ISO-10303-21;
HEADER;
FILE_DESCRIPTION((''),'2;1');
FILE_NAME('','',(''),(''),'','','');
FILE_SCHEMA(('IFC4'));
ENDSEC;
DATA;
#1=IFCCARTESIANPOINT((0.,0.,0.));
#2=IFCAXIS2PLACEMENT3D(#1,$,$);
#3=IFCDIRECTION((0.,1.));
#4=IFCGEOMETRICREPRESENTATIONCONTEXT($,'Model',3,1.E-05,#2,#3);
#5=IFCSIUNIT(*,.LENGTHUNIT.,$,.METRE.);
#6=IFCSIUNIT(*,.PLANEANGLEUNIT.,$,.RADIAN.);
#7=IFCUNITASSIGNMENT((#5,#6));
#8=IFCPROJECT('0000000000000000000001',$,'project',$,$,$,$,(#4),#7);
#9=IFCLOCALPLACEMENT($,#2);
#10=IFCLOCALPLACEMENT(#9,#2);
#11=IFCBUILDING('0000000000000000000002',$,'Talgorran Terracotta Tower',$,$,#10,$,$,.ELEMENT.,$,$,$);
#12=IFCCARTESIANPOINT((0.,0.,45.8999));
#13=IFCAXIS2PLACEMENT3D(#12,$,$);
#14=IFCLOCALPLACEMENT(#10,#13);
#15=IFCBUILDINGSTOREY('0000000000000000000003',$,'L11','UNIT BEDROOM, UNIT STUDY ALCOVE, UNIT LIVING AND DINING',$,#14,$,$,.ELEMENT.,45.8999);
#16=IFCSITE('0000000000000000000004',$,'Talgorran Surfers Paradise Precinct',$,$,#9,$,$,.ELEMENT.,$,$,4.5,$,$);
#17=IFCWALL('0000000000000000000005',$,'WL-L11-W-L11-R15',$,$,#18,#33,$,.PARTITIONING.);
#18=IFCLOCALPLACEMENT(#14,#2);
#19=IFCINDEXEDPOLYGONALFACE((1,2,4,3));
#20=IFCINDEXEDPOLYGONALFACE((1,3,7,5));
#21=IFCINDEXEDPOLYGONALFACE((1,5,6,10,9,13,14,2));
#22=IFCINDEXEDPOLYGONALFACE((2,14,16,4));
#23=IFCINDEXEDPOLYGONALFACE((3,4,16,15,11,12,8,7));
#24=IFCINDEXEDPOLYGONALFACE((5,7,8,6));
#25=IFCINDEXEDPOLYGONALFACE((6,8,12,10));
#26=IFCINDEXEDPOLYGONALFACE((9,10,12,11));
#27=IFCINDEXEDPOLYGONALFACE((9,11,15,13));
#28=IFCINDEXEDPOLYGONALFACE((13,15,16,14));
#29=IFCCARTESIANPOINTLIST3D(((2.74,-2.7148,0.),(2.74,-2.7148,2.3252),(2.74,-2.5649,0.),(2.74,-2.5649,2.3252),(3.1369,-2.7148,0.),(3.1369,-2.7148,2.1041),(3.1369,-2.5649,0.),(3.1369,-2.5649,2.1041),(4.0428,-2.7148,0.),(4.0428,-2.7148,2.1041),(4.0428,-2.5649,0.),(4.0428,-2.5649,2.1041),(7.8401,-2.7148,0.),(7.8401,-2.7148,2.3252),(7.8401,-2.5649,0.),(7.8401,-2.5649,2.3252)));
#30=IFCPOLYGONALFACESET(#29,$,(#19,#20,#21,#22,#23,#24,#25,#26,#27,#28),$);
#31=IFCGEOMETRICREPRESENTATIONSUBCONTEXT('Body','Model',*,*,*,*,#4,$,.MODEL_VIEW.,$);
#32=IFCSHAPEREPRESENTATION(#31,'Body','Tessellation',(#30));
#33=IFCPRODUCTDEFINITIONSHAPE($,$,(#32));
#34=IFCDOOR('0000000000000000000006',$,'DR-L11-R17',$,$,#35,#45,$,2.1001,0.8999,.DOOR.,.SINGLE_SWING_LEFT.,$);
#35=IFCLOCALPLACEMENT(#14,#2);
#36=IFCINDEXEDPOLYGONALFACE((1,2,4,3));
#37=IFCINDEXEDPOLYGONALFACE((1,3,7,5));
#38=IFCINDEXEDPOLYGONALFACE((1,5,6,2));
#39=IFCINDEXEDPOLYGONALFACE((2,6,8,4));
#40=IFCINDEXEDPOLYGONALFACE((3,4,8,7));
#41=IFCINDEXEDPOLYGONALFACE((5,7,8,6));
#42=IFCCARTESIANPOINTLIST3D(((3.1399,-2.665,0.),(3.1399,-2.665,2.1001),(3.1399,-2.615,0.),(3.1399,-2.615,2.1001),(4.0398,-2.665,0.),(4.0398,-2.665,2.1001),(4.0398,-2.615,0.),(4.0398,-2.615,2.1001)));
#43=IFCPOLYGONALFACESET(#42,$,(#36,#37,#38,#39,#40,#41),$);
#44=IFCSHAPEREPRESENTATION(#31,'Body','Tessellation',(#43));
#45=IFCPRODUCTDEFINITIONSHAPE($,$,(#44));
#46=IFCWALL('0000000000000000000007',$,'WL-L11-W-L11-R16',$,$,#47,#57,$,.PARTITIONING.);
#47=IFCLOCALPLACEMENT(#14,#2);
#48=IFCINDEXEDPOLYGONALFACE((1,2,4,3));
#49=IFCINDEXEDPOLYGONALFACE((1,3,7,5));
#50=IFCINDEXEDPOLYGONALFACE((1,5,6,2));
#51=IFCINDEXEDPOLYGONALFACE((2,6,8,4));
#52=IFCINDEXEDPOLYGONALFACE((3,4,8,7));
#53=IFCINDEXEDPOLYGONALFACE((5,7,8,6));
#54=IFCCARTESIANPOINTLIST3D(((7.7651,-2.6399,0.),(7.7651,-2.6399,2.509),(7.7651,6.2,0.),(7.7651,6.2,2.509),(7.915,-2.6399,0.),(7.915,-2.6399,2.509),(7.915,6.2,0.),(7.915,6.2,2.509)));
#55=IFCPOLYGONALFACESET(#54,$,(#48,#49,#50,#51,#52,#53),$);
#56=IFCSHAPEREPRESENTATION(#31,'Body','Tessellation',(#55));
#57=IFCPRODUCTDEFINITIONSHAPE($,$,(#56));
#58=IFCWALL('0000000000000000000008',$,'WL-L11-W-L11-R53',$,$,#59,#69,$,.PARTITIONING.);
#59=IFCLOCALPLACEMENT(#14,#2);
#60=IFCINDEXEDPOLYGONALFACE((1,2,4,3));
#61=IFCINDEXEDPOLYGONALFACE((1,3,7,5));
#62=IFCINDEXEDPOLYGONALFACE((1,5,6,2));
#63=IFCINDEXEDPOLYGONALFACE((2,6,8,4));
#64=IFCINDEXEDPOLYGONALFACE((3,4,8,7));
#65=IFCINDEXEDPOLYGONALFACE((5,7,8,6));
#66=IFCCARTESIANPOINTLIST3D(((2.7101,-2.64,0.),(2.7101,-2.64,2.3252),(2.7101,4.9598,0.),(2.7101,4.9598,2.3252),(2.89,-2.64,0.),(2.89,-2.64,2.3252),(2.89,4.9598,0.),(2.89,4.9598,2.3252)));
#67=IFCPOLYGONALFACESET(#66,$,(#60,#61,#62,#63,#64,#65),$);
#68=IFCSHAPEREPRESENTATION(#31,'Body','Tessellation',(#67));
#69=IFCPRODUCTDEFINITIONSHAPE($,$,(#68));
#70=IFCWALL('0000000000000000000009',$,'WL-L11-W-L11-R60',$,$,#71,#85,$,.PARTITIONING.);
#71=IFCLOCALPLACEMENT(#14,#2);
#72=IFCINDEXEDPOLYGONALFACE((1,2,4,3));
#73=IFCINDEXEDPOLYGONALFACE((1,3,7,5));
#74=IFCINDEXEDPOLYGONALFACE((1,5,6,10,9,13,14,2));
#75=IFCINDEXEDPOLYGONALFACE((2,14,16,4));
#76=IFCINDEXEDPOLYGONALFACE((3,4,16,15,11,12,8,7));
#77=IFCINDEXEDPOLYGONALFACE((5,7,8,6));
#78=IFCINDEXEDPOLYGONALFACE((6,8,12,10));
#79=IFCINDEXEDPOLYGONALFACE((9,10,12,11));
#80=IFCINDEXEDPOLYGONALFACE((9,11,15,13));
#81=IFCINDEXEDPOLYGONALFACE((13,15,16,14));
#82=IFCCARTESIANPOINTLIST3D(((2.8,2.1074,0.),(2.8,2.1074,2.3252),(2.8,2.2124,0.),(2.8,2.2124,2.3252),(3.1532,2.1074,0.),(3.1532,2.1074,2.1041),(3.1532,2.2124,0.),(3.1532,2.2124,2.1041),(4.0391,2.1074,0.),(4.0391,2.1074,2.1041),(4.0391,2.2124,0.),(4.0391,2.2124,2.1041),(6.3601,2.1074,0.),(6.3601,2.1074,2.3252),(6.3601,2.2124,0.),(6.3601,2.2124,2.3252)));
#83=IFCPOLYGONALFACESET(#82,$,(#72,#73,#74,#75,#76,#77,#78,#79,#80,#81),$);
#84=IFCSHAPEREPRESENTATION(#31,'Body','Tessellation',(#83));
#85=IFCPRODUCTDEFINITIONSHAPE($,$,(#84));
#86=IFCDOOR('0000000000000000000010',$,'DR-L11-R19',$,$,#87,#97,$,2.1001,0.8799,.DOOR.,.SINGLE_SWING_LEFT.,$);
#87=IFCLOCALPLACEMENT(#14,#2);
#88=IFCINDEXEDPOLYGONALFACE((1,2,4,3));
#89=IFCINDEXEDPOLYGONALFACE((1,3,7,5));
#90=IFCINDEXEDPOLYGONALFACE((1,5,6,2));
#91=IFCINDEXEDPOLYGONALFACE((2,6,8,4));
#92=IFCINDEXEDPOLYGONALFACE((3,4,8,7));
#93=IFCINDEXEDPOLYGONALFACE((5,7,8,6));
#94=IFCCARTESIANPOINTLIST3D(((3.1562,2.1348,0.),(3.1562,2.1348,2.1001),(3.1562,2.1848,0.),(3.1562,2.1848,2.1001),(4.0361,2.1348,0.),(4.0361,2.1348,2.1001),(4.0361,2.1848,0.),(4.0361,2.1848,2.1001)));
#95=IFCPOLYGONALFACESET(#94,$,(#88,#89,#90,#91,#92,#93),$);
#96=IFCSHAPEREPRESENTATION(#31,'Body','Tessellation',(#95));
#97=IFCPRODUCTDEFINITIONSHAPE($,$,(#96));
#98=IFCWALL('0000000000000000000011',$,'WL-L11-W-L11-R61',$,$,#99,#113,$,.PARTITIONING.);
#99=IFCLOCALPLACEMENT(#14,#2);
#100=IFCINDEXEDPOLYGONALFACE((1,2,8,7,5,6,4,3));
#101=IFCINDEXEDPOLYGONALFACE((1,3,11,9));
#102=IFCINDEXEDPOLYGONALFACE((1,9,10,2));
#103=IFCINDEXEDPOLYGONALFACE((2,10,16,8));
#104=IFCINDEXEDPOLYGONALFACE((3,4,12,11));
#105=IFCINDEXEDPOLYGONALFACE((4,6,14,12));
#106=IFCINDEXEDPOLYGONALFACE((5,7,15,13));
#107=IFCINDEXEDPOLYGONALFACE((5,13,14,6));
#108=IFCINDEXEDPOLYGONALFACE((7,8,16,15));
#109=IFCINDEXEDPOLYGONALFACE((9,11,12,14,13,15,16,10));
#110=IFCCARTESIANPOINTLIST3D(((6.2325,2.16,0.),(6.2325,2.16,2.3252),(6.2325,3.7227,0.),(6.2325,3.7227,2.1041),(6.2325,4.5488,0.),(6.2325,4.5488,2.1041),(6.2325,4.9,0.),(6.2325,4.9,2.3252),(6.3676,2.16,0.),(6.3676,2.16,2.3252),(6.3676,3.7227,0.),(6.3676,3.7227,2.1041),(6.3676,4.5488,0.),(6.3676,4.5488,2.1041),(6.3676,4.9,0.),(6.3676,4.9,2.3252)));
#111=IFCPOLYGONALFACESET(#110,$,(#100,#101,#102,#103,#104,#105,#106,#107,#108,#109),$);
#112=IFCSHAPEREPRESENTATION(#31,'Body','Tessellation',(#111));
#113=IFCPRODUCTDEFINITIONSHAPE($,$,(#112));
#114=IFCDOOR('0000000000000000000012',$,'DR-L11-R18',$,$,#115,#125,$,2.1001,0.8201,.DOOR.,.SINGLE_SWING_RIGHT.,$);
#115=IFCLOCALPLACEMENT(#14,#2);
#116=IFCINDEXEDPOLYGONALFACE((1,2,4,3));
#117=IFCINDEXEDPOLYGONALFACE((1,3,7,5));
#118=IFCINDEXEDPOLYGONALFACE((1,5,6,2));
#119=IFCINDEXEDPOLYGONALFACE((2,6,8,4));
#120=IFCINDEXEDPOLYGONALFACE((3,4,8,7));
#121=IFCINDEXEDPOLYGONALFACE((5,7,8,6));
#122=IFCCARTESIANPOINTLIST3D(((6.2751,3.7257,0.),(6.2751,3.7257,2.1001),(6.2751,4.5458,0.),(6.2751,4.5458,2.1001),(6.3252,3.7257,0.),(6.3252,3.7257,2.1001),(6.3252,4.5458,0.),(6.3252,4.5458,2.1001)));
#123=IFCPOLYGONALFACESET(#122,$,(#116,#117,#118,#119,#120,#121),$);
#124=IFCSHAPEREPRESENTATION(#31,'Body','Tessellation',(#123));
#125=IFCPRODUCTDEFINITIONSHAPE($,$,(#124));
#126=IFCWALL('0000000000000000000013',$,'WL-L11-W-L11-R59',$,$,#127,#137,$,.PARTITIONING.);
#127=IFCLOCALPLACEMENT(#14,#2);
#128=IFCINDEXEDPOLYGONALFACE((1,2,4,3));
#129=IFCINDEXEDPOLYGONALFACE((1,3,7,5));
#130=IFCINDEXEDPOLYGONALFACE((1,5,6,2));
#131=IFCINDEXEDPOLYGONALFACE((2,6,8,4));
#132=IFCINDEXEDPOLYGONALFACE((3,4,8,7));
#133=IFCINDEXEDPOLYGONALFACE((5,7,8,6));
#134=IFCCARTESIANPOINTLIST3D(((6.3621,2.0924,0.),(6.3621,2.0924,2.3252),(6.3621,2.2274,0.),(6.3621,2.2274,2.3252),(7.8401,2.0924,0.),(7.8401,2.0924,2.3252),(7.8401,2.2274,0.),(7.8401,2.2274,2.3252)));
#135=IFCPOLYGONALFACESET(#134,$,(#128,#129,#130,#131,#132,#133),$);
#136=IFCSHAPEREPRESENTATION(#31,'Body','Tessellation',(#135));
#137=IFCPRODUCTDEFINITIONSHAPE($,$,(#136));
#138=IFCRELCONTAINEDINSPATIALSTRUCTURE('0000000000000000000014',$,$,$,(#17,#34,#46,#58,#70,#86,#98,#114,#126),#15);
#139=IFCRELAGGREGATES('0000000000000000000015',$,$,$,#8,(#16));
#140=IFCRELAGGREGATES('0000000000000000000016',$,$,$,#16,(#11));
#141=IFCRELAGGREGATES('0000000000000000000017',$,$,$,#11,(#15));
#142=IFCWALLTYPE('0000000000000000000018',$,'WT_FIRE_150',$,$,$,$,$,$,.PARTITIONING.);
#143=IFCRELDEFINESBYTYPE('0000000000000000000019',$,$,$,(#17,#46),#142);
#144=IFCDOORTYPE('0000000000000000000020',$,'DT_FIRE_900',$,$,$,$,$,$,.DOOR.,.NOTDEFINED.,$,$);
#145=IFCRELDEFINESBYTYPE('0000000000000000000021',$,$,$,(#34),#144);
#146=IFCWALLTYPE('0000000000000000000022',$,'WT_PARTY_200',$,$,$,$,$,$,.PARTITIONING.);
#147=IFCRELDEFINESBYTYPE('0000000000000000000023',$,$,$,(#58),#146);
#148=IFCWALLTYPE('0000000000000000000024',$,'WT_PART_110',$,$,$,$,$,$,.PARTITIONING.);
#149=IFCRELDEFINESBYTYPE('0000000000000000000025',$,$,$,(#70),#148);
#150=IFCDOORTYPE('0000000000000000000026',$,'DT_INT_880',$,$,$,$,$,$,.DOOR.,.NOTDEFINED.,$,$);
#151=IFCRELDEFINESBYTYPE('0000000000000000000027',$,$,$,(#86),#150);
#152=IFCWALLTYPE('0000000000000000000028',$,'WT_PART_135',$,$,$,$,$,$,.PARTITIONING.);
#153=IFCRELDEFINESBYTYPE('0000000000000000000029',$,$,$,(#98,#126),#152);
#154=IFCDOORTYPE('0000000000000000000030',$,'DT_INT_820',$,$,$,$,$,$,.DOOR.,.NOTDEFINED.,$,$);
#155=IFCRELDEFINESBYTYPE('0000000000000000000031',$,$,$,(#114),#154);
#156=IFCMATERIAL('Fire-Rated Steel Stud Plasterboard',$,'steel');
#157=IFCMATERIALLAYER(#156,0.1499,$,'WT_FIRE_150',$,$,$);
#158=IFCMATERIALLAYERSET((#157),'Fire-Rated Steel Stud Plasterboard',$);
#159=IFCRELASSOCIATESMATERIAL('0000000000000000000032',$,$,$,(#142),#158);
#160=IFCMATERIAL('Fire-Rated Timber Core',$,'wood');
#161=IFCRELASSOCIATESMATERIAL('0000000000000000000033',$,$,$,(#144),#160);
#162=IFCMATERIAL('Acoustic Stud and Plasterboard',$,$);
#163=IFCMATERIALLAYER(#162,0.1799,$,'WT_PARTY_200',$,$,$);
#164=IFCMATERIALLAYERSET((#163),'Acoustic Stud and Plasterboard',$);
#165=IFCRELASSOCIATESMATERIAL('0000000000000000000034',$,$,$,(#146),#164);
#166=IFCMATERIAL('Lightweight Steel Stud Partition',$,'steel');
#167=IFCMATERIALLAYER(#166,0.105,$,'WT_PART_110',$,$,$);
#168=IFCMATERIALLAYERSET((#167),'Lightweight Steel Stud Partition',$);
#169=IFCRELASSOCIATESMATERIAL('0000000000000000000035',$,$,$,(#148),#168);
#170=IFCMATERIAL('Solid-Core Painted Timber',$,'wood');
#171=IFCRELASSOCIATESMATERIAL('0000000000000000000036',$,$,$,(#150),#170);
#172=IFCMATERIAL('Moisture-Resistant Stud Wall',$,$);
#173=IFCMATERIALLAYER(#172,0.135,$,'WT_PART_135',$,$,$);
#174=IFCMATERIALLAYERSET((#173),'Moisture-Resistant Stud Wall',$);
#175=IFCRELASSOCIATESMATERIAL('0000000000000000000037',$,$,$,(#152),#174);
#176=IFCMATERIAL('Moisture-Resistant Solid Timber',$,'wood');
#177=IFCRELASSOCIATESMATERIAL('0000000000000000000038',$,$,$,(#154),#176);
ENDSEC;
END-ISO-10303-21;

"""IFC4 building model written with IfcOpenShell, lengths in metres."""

from ifc_helpers import new_model, si_unit, direction, frame, frame_2d, origin, place, context, subcontext, project, spatial, rectangle, extrude, material, layer, layer_set, type_object, element, fill, save


model = new_model("IFC4")

# Units and contexts
model_context = context("Model", 3, precision=1e-05, world=origin(), true_north=direction((0.0, 1.0)))
body_context = subcontext(model_context, "Body", "Model", "MODEL_VIEW")
ifc_project = project(units=[si_unit("LENGTHUNIT", "METRE"), si_unit("PLANEANGLEUNIT", "RADIAN")], contexts=[model_context])

# Site, building, storey
site_placement = place(None, origin())
site = spatial("IfcSite", under=ifc_project, at=site_placement, Name="Talgorran Surfers Paradise Precinct", CompositionType="ELEMENT", RefElevation=4.5)
building_placement = place(site_placement, origin())
building = spatial("IfcBuilding", under=site, at=building_placement, Name="Talgorran Terracotta Tower", CompositionType="ELEMENT")
storey_placement = place(building_placement, frame((0.0, 0.0, 45.8999)))
storey = spatial("IfcBuildingStorey", under=building, at=storey_placement, Name="L11", Description="UNIT BEDROOM, UNIT STUDY ALCOVE, UNIT LIVING AND DINING", CompositionType="ELEMENT", Elevation=45.8999)

# Wall, opening, door
ifc_material_1 = material(Name="Fire-Rated Steel Stud Plasterboard", Category="steel")
ifc_layer_1 = layer(ifc_material_1, 0.1499, Name="WT_FIRE_150")
ifc_layer_set_1 = layer_set([ifc_layer_1], Name="Fire-Rated Steel Stud Plasterboard")
wall_type_1 = type_object("IfcWallType", Name="WT_FIRE_150", PredefinedType="PARTITIONING", material=ifc_layer_set_1)
wall_1_placement = place(storey_placement, frame((2.74, -2.6399, 0.0), z_axis=(0.0, 0.0, 1.0), x_axis=(1.0, 0.0, 0.0)))
wall_1 = element("IfcWall", 1, at=wall_1_placement, inside=storey, type_object=wall_type_1, Name="WL-L11-W-L11-R15", PredefinedType="PARTITIONING", context=body_context, shape_type="SweptSolid", body=[
    extrude(rectangle(XDim=5.1001, YDim=0.1499, at=frame_2d((2.55, 0.0))), origin(), (0.0, 0.0, 1.0), 2.3252),
])
opening_1_placement = place(wall_1_placement, frame((0.3999, 0.0, 0.0)))
opening_1 = element("IfcOpeningElement", 2, at=opening_1_placement, cuts=wall_1, PredefinedType="OPENING", context=body_context, shape_type="SweptSolid", body=[
    extrude(rectangle(XDim=0.9059, YDim=2.1041, at=frame_2d((0.45, 1.052))), frame((0.0, 0.085, 0.0), z_axis=(0.0, -1.0, 0.0), x_axis=(1.0, 0.0, 0.0)), (0.0, 0.0, 1.0), 0.1699),
])
ifc_material_2 = material(Name="Fire-Rated Timber Core", Category="wood")
door_type_1 = type_object("IfcDoorType", Name="DT_FIRE_900", OperationType="NOTDEFINED", PredefinedType="DOOR", material=ifc_material_2)
door_1_placement = place(opening_1_placement, origin())
door_1 = element("IfcDoor", 3, at=door_1_placement, inside=storey, type_object=door_type_1, Name="DR-L11-R17", OperationType="SINGLE_SWING_LEFT", OverallHeight=2.1001, OverallWidth=0.8999, PredefinedType="DOOR", context=body_context, shape_type="SweptSolid", body=[
    extrude(rectangle(XDim=0.8999, YDim=2.1001, at=frame_2d((0.45, 1.05))), frame((0.0, 0.0249, 0.0), z_axis=(0.0, -1.0, 0.0), x_axis=(1.0, 0.0, 0.0)), (0.0, 0.0, 1.0), 0.05),
])
fill(opening_1, door_1)

# Walls
wall_2_placement = place(storey_placement, frame((7.8401, -2.6399, 0.0), z_axis=(0.0, 0.0, 1.0), x_axis=(0.0, 1.0, 0.0)))
element("IfcWall", 4, at=wall_2_placement, inside=storey, type_object=wall_type_1, Name="WL-L11-W-L11-R16", PredefinedType="PARTITIONING", context=body_context, shape_type="SweptSolid", body=[
    extrude(rectangle(XDim=8.8398, YDim=0.1499, at=frame_2d((4.4199, 0.0))), origin(), (0.0, 0.0, 1.0), 2.509),
])
ifc_material_3 = material(Name="Acoustic Stud and Plasterboard")
ifc_layer_2 = layer(ifc_material_3, 0.1799, Name="WT_PARTY_200")
ifc_layer_set_2 = layer_set([ifc_layer_2], Name="Acoustic Stud and Plasterboard")
wall_type_2 = type_object("IfcWallType", Name="WT_PARTY_200", PredefinedType="PARTITIONING", material=ifc_layer_set_2)
wall_3_placement = place(storey_placement, frame((2.8, -2.6399, 0.0), z_axis=(0.0, 0.0, 1.0), x_axis=(0.0, 1.0, 0.0)))
element("IfcWall", 5, at=wall_3_placement, inside=storey, type_object=wall_type_2, Name="WL-L11-W-L11-R53", PredefinedType="PARTITIONING", context=body_context, shape_type="SweptSolid", body=[
    extrude(rectangle(XDim=7.5999, YDim=0.1799, at=frame_2d((3.7998, 0.0))), origin(), (0.0, 0.0, 1.0), 2.3252),
])

# Walls, openings, doors
ifc_material_4 = material(Name="Lightweight Steel Stud Partition", Category="steel")
ifc_layer_3 = layer(ifc_material_4, 0.105, Name="WT_PART_110")
ifc_layer_set_3 = layer_set([ifc_layer_3], Name="Lightweight Steel Stud Partition")
wall_type_3 = type_object("IfcWallType", Name="WT_PART_110", PredefinedType="PARTITIONING", material=ifc_layer_set_3)
wall_4_placement = place(storey_placement, frame((2.8, 2.1599, 0.0), z_axis=(0.0, 0.0, 1.0), x_axis=(1.0, 0.0, 0.0)))
wall_4 = element("IfcWall", 6, at=wall_4_placement, inside=storey, type_object=wall_type_3, Name="WL-L11-W-L11-R60", PredefinedType="PARTITIONING", context=body_context, shape_type="SweptSolid", body=[
    extrude(rectangle(XDim=3.5601, YDim=0.105, at=frame_2d((1.78, 0.0))), origin(), (0.0, 0.0, 1.0), 2.3252),
])
opening_2_placement = place(wall_4_placement, frame((0.3562, 0.0, 0.0)))
opening_2 = element("IfcOpeningElement", 7, at=opening_2_placement, cuts=wall_4, PredefinedType="OPENING", context=body_context, shape_type="SweptSolid", body=[
    extrude(rectangle(XDim=0.8859, YDim=2.1041, at=frame_2d((0.4399, 1.052))), frame((0.0, 0.0625, 0.0), z_axis=(0.0, -1.0, 0.0), x_axis=(1.0, 0.0, 0.0)), (0.0, 0.0, 1.0), 0.125),
])
ifc_material_5 = material(Name="Solid-Core Painted Timber", Category="wood")
door_type_2 = type_object("IfcDoorType", Name="DT_INT_880", OperationType="NOTDEFINED", PredefinedType="DOOR", material=ifc_material_5)
door_2_placement = place(opening_2_placement, origin())
door_2 = element("IfcDoor", 8, at=door_2_placement, inside=storey, type_object=door_type_2, Name="DR-L11-R19", OperationType="SINGLE_SWING_LEFT", OverallHeight=2.1001, OverallWidth=0.8799, PredefinedType="DOOR", context=body_context, shape_type="SweptSolid", body=[
    extrude(rectangle(XDim=0.8799, YDim=2.1001, at=frame_2d((0.4399, 1.05))), frame((0.0, 0.0249, 0.0), z_axis=(0.0, -1.0, 0.0), x_axis=(1.0, 0.0, 0.0)), (0.0, 0.0, 1.0), 0.05),
])
fill(opening_2, door_2)
ifc_material_6 = material(Name="Moisture-Resistant Stud Wall")
ifc_layer_4 = layer(ifc_material_6, 0.135, Name="WT_PART_135")
ifc_layer_set_4 = layer_set([ifc_layer_4], Name="Moisture-Resistant Stud Wall")
wall_type_4 = type_object("IfcWallType", Name="WT_PART_135", PredefinedType="PARTITIONING", material=ifc_layer_set_4)
wall_5_placement = place(storey_placement, frame((6.3, 2.1599, 0.0), z_axis=(0.0, 0.0, 1.0), x_axis=(0.0, 1.0, 0.0)))
wall_5 = element("IfcWall", 9, at=wall_5_placement, inside=storey, type_object=wall_type_4, Name="WL-L11-W-L11-R61", PredefinedType="PARTITIONING", context=body_context, shape_type="SweptSolid", body=[
    extrude(rectangle(XDim=2.74, YDim=0.135, at=frame_2d((1.3701, 0.0))), origin(), (0.0, 0.0, 1.0), 2.3252),
])
opening_3_placement = place(wall_5_placement, frame((1.5657, 0.0, 0.0)))
opening_3 = element("IfcOpeningElement", 10, at=opening_3_placement, cuts=wall_5, PredefinedType="OPENING", context=body_context, shape_type="SweptSolid", body=[
    extrude(rectangle(XDim=0.8261, YDim=2.1041, at=frame_2d((0.4102, 1.052))), frame((0.0, 0.0776, 0.0), z_axis=(0.0, -1.0, 0.0), x_axis=(1.0, 0.0, 0.0)), (0.0, 0.0, 1.0), 0.155),
])
ifc_material_7 = material(Name="Moisture-Resistant Solid Timber", Category="wood")
door_type_3 = type_object("IfcDoorType", Name="DT_INT_820", OperationType="NOTDEFINED", PredefinedType="DOOR", material=ifc_material_7)
door_3_placement = place(opening_3_placement, origin())
door_3 = element("IfcDoor", 11, at=door_3_placement, inside=storey, type_object=door_type_3, Name="DR-L11-R18", OperationType="SINGLE_SWING_RIGHT", OverallHeight=2.1001, OverallWidth=0.8201, PredefinedType="DOOR", context=body_context, shape_type="SweptSolid", body=[
    extrude(rectangle(XDim=0.8201, YDim=2.1001, at=frame_2d((0.4102, 1.05))), frame((0.0, 0.0249, 0.0), z_axis=(0.0, -1.0, 0.0), x_axis=(1.0, 0.0, 0.0)), (0.0, 0.0, 1.0), 0.05),
])
fill(opening_3, door_3)

# Wall
wall_6_placement = place(storey_placement, frame((6.3621, 2.1599, 0.0), z_axis=(0.0, 0.0, 1.0), x_axis=(1.0, 0.0, 0.0)))
element("IfcWall", 12, at=wall_6_placement, inside=storey, type_object=wall_type_4, Name="WL-L11-W-L11-R59", PredefinedType="PARTITIONING", context=body_context, shape_type="SweptSolid", body=[
    extrude(rectangle(XDim=1.478, YDim=0.135, at=frame_2d((0.739, 0.0))), origin(), (0.0, 0.0, 1.0), 2.3252),
])

save(model, "model.ifc")
